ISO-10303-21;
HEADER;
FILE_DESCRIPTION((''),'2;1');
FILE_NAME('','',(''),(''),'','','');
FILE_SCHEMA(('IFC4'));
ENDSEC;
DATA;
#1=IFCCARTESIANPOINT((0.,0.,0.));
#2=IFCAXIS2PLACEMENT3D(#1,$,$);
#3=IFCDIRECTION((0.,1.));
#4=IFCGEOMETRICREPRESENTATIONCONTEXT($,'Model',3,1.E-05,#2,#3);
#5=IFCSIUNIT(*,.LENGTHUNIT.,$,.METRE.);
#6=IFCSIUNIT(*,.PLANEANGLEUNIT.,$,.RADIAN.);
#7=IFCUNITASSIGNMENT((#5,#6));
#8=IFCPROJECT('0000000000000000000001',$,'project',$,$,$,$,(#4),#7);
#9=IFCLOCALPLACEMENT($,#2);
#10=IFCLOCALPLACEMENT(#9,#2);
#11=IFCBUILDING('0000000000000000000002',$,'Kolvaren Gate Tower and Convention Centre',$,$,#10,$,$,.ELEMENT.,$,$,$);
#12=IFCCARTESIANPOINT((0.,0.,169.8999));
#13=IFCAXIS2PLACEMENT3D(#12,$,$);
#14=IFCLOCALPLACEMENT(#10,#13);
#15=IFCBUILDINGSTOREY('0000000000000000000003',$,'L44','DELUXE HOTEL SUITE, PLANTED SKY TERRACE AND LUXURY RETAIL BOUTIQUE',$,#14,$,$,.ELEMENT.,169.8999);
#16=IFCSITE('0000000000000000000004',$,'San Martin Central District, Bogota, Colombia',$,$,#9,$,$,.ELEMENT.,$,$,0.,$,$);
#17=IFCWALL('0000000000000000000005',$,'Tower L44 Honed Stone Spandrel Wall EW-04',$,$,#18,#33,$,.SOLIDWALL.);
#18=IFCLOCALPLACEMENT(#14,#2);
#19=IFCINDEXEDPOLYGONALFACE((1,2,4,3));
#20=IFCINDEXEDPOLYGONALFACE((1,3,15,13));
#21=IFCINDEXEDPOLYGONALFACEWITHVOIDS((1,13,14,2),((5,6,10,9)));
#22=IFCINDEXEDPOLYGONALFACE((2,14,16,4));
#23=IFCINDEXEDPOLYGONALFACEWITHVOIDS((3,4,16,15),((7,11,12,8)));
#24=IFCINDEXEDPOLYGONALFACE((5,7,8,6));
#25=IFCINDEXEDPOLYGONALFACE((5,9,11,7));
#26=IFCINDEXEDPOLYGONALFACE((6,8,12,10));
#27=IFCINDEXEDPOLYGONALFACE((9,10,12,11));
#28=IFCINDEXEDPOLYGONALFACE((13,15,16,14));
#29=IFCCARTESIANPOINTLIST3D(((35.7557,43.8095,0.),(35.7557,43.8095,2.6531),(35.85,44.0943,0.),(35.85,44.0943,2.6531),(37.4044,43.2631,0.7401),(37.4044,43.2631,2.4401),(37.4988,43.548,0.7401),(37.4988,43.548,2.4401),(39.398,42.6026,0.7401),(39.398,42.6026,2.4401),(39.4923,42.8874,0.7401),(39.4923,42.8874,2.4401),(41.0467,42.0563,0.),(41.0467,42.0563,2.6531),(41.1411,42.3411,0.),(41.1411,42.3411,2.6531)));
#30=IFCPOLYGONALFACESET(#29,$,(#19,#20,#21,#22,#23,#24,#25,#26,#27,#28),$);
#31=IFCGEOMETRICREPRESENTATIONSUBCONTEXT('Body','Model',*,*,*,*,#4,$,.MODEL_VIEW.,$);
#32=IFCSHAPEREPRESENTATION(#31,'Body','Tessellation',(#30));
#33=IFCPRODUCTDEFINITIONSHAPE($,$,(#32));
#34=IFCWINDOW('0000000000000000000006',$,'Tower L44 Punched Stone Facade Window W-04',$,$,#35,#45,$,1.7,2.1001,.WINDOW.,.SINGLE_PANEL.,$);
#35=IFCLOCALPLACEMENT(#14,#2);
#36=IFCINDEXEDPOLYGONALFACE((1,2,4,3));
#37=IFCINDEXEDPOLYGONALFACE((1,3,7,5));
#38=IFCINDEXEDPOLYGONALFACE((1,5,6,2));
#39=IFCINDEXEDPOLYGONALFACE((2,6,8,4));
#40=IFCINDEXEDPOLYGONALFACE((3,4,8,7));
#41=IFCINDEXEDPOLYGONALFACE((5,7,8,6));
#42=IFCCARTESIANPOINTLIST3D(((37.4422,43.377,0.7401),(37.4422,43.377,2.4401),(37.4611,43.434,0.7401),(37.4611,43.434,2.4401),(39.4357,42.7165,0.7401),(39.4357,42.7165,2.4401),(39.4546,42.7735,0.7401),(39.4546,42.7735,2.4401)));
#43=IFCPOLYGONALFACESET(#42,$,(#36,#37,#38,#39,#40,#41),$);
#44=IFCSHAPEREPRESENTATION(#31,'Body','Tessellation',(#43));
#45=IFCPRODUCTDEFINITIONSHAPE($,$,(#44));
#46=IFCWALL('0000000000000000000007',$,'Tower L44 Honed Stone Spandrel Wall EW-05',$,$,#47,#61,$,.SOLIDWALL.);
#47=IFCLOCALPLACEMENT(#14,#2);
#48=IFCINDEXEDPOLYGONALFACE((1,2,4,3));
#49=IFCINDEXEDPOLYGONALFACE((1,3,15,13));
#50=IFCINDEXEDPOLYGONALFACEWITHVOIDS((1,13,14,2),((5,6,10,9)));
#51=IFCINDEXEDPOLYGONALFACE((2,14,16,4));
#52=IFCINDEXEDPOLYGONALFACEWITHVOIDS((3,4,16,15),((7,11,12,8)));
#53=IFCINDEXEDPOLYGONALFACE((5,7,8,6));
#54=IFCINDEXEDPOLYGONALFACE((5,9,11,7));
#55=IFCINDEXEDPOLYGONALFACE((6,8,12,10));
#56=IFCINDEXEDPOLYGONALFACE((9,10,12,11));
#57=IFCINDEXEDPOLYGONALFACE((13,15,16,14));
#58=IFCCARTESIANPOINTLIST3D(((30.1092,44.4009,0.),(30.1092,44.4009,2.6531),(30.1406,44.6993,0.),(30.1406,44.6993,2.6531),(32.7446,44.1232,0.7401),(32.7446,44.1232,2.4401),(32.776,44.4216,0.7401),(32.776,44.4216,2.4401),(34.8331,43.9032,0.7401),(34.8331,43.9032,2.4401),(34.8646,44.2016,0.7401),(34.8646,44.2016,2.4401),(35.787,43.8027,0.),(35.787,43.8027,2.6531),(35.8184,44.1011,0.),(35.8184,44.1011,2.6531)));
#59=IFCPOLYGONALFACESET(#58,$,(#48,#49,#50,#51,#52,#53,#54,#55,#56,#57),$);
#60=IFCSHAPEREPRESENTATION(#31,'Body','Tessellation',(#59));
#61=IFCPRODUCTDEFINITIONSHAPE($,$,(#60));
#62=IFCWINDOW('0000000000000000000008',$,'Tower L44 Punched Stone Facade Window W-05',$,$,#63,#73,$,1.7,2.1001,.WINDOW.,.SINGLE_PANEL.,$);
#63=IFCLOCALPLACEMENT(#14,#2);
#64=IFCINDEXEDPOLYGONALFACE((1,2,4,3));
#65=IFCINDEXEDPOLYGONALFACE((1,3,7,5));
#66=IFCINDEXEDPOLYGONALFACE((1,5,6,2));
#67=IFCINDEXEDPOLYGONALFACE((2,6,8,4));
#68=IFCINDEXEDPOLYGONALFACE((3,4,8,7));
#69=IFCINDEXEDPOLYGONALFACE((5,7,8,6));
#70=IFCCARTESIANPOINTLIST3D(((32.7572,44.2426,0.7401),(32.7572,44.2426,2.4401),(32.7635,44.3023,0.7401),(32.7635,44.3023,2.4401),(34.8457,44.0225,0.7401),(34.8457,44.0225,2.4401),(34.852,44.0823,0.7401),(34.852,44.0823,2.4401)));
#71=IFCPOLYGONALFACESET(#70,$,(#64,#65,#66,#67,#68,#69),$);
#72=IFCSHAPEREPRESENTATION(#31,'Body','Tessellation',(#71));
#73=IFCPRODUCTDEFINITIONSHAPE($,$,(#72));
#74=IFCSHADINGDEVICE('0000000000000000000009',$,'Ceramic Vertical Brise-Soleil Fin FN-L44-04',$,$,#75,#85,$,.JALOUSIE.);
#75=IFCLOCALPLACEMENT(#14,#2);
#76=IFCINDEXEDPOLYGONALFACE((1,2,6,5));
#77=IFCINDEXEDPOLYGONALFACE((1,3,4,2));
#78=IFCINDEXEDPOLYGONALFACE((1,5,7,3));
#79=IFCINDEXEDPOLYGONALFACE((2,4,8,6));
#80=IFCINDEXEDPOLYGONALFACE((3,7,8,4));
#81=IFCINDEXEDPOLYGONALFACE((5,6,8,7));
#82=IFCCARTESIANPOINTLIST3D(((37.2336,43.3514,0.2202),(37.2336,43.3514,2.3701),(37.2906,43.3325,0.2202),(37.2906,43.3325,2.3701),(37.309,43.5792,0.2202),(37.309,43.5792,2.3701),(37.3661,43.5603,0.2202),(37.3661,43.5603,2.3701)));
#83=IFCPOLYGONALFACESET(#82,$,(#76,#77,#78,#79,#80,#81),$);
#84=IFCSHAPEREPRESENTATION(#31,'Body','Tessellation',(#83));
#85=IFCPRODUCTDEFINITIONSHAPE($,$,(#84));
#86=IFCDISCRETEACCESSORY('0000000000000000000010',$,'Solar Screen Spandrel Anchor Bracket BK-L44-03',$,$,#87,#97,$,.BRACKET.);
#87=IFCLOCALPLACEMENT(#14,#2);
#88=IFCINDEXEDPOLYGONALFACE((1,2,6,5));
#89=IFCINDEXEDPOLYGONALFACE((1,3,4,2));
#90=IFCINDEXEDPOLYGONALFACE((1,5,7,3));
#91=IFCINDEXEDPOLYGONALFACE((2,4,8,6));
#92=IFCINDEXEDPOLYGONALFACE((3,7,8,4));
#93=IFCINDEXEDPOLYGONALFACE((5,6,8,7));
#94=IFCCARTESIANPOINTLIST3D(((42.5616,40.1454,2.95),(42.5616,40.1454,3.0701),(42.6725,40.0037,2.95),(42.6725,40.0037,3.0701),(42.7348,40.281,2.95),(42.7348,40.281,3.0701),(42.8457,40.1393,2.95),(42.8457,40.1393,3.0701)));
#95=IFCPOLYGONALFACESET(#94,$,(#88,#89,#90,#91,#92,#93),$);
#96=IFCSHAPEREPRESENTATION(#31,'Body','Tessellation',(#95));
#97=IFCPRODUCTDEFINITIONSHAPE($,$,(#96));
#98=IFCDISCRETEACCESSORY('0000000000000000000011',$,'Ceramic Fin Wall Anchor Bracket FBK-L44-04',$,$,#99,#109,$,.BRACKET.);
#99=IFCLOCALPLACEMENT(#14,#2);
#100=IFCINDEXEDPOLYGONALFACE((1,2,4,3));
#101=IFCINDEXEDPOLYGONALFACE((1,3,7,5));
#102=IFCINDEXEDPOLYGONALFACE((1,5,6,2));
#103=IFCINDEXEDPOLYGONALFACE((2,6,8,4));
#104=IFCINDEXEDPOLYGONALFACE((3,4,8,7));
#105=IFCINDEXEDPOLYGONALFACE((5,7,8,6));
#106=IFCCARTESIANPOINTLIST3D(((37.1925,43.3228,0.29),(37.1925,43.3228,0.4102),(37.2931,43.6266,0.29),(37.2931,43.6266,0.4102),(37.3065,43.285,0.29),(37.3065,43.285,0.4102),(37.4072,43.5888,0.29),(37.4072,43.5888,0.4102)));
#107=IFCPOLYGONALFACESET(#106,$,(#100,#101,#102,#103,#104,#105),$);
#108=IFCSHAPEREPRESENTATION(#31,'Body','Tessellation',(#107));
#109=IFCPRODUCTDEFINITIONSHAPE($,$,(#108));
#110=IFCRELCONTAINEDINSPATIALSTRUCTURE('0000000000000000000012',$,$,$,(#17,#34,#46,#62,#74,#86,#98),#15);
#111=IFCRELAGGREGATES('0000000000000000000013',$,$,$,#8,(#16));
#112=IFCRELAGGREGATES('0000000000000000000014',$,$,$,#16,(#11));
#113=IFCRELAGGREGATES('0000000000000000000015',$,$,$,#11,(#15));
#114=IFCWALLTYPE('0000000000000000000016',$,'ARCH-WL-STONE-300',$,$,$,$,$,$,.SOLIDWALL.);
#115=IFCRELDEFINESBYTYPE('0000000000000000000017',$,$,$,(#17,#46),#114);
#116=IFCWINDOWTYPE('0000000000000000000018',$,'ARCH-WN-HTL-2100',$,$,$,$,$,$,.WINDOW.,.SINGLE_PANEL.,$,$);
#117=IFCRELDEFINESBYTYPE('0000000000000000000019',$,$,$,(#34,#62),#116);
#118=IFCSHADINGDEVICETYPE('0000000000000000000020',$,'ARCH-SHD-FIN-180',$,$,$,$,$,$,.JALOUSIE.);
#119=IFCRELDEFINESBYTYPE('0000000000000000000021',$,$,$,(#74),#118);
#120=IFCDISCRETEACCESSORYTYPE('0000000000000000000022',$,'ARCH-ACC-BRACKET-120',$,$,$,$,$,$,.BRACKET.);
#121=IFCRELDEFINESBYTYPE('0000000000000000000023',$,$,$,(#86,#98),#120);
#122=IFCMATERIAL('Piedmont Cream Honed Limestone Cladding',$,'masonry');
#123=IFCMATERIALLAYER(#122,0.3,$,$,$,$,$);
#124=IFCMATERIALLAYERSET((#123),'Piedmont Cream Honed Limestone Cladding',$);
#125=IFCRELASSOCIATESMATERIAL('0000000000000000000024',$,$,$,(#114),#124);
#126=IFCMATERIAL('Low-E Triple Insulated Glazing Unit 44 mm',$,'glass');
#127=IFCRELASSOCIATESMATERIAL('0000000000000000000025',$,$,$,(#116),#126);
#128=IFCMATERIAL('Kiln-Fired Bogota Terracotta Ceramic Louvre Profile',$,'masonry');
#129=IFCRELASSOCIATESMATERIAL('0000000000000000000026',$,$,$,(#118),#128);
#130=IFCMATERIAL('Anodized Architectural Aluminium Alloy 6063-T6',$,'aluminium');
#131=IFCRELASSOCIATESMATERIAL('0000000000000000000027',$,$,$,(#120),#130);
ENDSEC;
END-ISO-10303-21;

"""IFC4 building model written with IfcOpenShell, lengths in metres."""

from ifc_helpers import new_model, si_unit, direction, frame, frame_2d, origin, origin_2d, place, context, subcontext, project, spatial, rectangle, extrude, material, layer, layer_set, type_object, element, fill, save


model = new_model("IFC4")

# Units and contexts
model_context = context("Model", 3, precision=1e-05, world=origin(), true_north=direction((0.0, 1.0)))
body_context = subcontext(model_context, "Body", "Model", "MODEL_VIEW")
ifc_project = project(units=[si_unit("LENGTHUNIT", "METRE"), si_unit("PLANEANGLEUNIT", "RADIAN")], contexts=[model_context])

# Site, building, storey
site_placement = place(None, origin())
site = spatial("IfcSite", under=ifc_project, at=site_placement, Name="San Martin Central District, Bogota, Colombia", CompositionType="ELEMENT", RefElevation=0.0)
building_placement = place(site_placement, origin())
building = spatial("IfcBuilding", under=site, at=building_placement, Name="Kolvaren Gate Tower and Convention Centre", CompositionType="ELEMENT")
storey_placement = place(building_placement, frame((0.0, 0.0, 169.8999)))
storey = spatial("IfcBuildingStorey", under=building, at=storey_placement, Name="L44", Description="DELUXE HOTEL SUITE, PLANTED SKY TERRACE AND LUXURY RETAIL BOUTIQUE", CompositionType="ELEMENT", Elevation=169.8999)

# Shared definitions
ifc_material_1 = material(Name="Anodized Architectural Aluminium Alloy 6063-T6", Category="aluminium")

# Shared definitions
ifc_material_2 = material(Name="Low-E Triple Insulated Glazing Unit 44 mm", Category="glass")

# Walls, openings, windows
ifc_material_3 = material(Name="Piedmont Cream Honed Limestone Cladding", Category="masonry")
ifc_layer_1 = layer(ifc_material_3, 0.3)
ifc_layer_set_1 = layer_set([ifc_layer_1], Name="Piedmont Cream Honed Limestone Cladding")
wall_type_1 = type_object("IfcWallType", Name="ARCH-WL-STONE-300", PredefinedType="SOLIDWALL", material=ifc_layer_set_1)
wall_1_placement = place(storey_placement, frame((35.8027, 43.9519, 0.0), z_axis=(0.0, 0.0, 1.0), x_axis=(0.949247, -0.314532, 0.0)))
wall_1 = element("IfcWall", 1, at=wall_1_placement, inside=storey, type_object=wall_type_1, Name="Tower L44 Honed Stone Spandrel Wall EW-04", PredefinedType="SOLIDWALL", context=body_context, shape_type="SweptSolid", body=[
    extrude(rectangle(XDim=5.574, YDim=0.3, at=frame_2d((2.7871, 0.0))), origin(), (0.0, 0.0, 1.0), 2.6531),
])
opening_1_placement = place(wall_1_placement, frame((1.7371, 0.0, 0.74)))
opening_1 = element("IfcOpeningElement", 2, at=opening_1_placement, cuts=wall_1, PredefinedType="OPENING", context=body_context, shape_type="SweptSolid", body=[
    extrude(rectangle(XDim=2.1001, YDim=1.7, at=frame_2d((1.05, 0.8501))), frame((0.0, 0.1599, 0.0), z_axis=(0.0, -1.0, 0.0), x_axis=(1.0, 0.0, 0.0)), (0.0, 0.0, 1.0), 0.3201),
])
window_type = type_object("IfcWindowType", Name="ARCH-WN-HTL-2100", PartitioningType="SINGLE_PANEL", PredefinedType="WINDOW", material=ifc_material_2)
window_1_placement = place(opening_1_placement, origin())
window_1 = element("IfcWindow", 3, at=window_1_placement, inside=storey, type_object=window_type, Name="Tower L44 Punched Stone Facade Window W-04", OverallHeight=1.7, OverallWidth=2.1001, PartitioningType="SINGLE_PANEL", PredefinedType="WINDOW", context=body_context, shape_type="SweptSolid", body=[
    extrude(rectangle(XDim=2.1001, YDim=1.7, at=frame_2d((1.05, 0.8501))), frame((0.0, 0.03, 0.0), z_axis=(0.0, -1.0, 0.0), x_axis=(1.0, 0.0, 0.0)), (0.0, 0.0, 1.0), 0.0601),
])
fill(opening_1, window_1)
wall_2_placement = place(storey_placement, frame((30.125, 44.55, 0.0), z_axis=(0.0, 0.0, 1.0), x_axis=(0.994497, -0.104769, 0.0)))
wall_2 = element("IfcWall", 4, at=wall_2_placement, inside=storey, type_object=wall_type_1, Name="Tower L44 Honed Stone Spandrel Wall EW-05", PredefinedType="SOLIDWALL", context=body_context, shape_type="SweptSolid", body=[
    extrude(rectangle(XDim=5.7092, YDim=0.3, at=frame_2d((2.8545, 0.0))), origin(), (0.0, 0.0, 1.0), 2.6531),
])
opening_2_placement = place(wall_2_placement, frame((2.6499, 0.0, 0.74)))
opening_2 = element("IfcOpeningElement", 5, at=opening_2_placement, cuts=wall_2, PredefinedType="OPENING", context=body_context, shape_type="SweptSolid", body=[
    extrude(rectangle(XDim=2.1001, YDim=1.7, at=frame_2d((1.05, 0.8501))), frame((0.0, 0.1599, 0.0), z_axis=(0.0, -1.0, 0.0), x_axis=(1.0, 0.0, 0.0)), (0.0, 0.0, 1.0), 0.3201),
])
window_2_placement = place(opening_2_placement, origin())
window_2 = element("IfcWindow", 6, at=window_2_placement, inside=storey, type_object=window_type, Name="Tower L44 Punched Stone Facade Window W-05", OverallHeight=1.7, OverallWidth=2.1001, PartitioningType="SINGLE_PANEL", PredefinedType="WINDOW", context=body_context, shape_type="SweptSolid", body=[
    extrude(rectangle(XDim=2.1001, YDim=1.7, at=frame_2d((1.05, 0.8501))), frame((0.0, 0.03, 0.0), z_axis=(0.0, -1.0, 0.0), x_axis=(1.0, 0.0, 0.0)), (0.0, 0.0, 1.0), 0.0601),
])
fill(opening_2, window_2)

# Shading device
ifc_material_4 = material(Name="Kiln-Fired Bogota Terracotta Ceramic Louvre Profile", Category="masonry")
shading_device_type = type_object("IfcShadingDeviceType", Name="ARCH-SHD-FIN-180", PredefinedType="JALOUSIE", material=ifc_material_4)
shading_device_placement = place(storey_placement, frame((37.2998, 43.4558, 0.2202), z_axis=(0.0, 0.0, 1.0), x_axis=(0.94924, -0.314554, 0.0)))
element("IfcShadingDevice", 7, at=shading_device_placement, inside=storey, type_object=shading_device_type, Name="Ceramic Vertical Brise-Soleil Fin FN-L44-04", PredefinedType="JALOUSIE", context=body_context, shape_type="SweptSolid", body=[
    extrude(rectangle(XDim=0.0601, YDim=0.24, at=origin_2d()), origin(), (0.0, 0.0, 1.0), 2.1499),
])

# Discrete accessories
discrete_accessory_type = type_object("IfcDiscreteAccessoryType", Name="ARCH-ACC-BRACKET-120", PredefinedType="BRACKET", material=ifc_material_1)
discrete_accessory_1_placement = place(storey_placement, frame((42.7036, 40.1423, 2.95), z_axis=(0.0, 0.0, 1.0), x_axis=(0.616434, -0.787406, 0.0)))
element("IfcDiscreteAccessory", 8, at=discrete_accessory_1_placement, inside=storey, type_object=discrete_accessory_type, Name="Solar Screen Spandrel Anchor Bracket BK-L44-03", PredefinedType="BRACKET", context=body_context, shape_type="SweptSolid", body=[
    extrude(rectangle(XDim=0.1799, YDim=0.22, at=origin_2d()), origin(), (0.0, 0.0, 1.0), 0.1201),
])
discrete_accessory_2_placement = place(storey_placement, frame((37.2998, 43.4558, 0.29), z_axis=(0.0, 0.0, 1.0), x_axis=(0.94924, -0.314554, 0.0)))
element("IfcDiscreteAccessory", 9, at=discrete_accessory_2_placement, inside=storey, type_object=discrete_accessory_type, Name="Ceramic Fin Wall Anchor Bracket FBK-L44-04", PredefinedType="BRACKET", context=body_context, shape_type="SweptSolid", body=[
    extrude(rectangle(XDim=0.1201, YDim=0.3201, at=origin_2d()), origin(), (0.0, 0.0, 1.0), 0.1201),
])

save(model, "model.ifc")
